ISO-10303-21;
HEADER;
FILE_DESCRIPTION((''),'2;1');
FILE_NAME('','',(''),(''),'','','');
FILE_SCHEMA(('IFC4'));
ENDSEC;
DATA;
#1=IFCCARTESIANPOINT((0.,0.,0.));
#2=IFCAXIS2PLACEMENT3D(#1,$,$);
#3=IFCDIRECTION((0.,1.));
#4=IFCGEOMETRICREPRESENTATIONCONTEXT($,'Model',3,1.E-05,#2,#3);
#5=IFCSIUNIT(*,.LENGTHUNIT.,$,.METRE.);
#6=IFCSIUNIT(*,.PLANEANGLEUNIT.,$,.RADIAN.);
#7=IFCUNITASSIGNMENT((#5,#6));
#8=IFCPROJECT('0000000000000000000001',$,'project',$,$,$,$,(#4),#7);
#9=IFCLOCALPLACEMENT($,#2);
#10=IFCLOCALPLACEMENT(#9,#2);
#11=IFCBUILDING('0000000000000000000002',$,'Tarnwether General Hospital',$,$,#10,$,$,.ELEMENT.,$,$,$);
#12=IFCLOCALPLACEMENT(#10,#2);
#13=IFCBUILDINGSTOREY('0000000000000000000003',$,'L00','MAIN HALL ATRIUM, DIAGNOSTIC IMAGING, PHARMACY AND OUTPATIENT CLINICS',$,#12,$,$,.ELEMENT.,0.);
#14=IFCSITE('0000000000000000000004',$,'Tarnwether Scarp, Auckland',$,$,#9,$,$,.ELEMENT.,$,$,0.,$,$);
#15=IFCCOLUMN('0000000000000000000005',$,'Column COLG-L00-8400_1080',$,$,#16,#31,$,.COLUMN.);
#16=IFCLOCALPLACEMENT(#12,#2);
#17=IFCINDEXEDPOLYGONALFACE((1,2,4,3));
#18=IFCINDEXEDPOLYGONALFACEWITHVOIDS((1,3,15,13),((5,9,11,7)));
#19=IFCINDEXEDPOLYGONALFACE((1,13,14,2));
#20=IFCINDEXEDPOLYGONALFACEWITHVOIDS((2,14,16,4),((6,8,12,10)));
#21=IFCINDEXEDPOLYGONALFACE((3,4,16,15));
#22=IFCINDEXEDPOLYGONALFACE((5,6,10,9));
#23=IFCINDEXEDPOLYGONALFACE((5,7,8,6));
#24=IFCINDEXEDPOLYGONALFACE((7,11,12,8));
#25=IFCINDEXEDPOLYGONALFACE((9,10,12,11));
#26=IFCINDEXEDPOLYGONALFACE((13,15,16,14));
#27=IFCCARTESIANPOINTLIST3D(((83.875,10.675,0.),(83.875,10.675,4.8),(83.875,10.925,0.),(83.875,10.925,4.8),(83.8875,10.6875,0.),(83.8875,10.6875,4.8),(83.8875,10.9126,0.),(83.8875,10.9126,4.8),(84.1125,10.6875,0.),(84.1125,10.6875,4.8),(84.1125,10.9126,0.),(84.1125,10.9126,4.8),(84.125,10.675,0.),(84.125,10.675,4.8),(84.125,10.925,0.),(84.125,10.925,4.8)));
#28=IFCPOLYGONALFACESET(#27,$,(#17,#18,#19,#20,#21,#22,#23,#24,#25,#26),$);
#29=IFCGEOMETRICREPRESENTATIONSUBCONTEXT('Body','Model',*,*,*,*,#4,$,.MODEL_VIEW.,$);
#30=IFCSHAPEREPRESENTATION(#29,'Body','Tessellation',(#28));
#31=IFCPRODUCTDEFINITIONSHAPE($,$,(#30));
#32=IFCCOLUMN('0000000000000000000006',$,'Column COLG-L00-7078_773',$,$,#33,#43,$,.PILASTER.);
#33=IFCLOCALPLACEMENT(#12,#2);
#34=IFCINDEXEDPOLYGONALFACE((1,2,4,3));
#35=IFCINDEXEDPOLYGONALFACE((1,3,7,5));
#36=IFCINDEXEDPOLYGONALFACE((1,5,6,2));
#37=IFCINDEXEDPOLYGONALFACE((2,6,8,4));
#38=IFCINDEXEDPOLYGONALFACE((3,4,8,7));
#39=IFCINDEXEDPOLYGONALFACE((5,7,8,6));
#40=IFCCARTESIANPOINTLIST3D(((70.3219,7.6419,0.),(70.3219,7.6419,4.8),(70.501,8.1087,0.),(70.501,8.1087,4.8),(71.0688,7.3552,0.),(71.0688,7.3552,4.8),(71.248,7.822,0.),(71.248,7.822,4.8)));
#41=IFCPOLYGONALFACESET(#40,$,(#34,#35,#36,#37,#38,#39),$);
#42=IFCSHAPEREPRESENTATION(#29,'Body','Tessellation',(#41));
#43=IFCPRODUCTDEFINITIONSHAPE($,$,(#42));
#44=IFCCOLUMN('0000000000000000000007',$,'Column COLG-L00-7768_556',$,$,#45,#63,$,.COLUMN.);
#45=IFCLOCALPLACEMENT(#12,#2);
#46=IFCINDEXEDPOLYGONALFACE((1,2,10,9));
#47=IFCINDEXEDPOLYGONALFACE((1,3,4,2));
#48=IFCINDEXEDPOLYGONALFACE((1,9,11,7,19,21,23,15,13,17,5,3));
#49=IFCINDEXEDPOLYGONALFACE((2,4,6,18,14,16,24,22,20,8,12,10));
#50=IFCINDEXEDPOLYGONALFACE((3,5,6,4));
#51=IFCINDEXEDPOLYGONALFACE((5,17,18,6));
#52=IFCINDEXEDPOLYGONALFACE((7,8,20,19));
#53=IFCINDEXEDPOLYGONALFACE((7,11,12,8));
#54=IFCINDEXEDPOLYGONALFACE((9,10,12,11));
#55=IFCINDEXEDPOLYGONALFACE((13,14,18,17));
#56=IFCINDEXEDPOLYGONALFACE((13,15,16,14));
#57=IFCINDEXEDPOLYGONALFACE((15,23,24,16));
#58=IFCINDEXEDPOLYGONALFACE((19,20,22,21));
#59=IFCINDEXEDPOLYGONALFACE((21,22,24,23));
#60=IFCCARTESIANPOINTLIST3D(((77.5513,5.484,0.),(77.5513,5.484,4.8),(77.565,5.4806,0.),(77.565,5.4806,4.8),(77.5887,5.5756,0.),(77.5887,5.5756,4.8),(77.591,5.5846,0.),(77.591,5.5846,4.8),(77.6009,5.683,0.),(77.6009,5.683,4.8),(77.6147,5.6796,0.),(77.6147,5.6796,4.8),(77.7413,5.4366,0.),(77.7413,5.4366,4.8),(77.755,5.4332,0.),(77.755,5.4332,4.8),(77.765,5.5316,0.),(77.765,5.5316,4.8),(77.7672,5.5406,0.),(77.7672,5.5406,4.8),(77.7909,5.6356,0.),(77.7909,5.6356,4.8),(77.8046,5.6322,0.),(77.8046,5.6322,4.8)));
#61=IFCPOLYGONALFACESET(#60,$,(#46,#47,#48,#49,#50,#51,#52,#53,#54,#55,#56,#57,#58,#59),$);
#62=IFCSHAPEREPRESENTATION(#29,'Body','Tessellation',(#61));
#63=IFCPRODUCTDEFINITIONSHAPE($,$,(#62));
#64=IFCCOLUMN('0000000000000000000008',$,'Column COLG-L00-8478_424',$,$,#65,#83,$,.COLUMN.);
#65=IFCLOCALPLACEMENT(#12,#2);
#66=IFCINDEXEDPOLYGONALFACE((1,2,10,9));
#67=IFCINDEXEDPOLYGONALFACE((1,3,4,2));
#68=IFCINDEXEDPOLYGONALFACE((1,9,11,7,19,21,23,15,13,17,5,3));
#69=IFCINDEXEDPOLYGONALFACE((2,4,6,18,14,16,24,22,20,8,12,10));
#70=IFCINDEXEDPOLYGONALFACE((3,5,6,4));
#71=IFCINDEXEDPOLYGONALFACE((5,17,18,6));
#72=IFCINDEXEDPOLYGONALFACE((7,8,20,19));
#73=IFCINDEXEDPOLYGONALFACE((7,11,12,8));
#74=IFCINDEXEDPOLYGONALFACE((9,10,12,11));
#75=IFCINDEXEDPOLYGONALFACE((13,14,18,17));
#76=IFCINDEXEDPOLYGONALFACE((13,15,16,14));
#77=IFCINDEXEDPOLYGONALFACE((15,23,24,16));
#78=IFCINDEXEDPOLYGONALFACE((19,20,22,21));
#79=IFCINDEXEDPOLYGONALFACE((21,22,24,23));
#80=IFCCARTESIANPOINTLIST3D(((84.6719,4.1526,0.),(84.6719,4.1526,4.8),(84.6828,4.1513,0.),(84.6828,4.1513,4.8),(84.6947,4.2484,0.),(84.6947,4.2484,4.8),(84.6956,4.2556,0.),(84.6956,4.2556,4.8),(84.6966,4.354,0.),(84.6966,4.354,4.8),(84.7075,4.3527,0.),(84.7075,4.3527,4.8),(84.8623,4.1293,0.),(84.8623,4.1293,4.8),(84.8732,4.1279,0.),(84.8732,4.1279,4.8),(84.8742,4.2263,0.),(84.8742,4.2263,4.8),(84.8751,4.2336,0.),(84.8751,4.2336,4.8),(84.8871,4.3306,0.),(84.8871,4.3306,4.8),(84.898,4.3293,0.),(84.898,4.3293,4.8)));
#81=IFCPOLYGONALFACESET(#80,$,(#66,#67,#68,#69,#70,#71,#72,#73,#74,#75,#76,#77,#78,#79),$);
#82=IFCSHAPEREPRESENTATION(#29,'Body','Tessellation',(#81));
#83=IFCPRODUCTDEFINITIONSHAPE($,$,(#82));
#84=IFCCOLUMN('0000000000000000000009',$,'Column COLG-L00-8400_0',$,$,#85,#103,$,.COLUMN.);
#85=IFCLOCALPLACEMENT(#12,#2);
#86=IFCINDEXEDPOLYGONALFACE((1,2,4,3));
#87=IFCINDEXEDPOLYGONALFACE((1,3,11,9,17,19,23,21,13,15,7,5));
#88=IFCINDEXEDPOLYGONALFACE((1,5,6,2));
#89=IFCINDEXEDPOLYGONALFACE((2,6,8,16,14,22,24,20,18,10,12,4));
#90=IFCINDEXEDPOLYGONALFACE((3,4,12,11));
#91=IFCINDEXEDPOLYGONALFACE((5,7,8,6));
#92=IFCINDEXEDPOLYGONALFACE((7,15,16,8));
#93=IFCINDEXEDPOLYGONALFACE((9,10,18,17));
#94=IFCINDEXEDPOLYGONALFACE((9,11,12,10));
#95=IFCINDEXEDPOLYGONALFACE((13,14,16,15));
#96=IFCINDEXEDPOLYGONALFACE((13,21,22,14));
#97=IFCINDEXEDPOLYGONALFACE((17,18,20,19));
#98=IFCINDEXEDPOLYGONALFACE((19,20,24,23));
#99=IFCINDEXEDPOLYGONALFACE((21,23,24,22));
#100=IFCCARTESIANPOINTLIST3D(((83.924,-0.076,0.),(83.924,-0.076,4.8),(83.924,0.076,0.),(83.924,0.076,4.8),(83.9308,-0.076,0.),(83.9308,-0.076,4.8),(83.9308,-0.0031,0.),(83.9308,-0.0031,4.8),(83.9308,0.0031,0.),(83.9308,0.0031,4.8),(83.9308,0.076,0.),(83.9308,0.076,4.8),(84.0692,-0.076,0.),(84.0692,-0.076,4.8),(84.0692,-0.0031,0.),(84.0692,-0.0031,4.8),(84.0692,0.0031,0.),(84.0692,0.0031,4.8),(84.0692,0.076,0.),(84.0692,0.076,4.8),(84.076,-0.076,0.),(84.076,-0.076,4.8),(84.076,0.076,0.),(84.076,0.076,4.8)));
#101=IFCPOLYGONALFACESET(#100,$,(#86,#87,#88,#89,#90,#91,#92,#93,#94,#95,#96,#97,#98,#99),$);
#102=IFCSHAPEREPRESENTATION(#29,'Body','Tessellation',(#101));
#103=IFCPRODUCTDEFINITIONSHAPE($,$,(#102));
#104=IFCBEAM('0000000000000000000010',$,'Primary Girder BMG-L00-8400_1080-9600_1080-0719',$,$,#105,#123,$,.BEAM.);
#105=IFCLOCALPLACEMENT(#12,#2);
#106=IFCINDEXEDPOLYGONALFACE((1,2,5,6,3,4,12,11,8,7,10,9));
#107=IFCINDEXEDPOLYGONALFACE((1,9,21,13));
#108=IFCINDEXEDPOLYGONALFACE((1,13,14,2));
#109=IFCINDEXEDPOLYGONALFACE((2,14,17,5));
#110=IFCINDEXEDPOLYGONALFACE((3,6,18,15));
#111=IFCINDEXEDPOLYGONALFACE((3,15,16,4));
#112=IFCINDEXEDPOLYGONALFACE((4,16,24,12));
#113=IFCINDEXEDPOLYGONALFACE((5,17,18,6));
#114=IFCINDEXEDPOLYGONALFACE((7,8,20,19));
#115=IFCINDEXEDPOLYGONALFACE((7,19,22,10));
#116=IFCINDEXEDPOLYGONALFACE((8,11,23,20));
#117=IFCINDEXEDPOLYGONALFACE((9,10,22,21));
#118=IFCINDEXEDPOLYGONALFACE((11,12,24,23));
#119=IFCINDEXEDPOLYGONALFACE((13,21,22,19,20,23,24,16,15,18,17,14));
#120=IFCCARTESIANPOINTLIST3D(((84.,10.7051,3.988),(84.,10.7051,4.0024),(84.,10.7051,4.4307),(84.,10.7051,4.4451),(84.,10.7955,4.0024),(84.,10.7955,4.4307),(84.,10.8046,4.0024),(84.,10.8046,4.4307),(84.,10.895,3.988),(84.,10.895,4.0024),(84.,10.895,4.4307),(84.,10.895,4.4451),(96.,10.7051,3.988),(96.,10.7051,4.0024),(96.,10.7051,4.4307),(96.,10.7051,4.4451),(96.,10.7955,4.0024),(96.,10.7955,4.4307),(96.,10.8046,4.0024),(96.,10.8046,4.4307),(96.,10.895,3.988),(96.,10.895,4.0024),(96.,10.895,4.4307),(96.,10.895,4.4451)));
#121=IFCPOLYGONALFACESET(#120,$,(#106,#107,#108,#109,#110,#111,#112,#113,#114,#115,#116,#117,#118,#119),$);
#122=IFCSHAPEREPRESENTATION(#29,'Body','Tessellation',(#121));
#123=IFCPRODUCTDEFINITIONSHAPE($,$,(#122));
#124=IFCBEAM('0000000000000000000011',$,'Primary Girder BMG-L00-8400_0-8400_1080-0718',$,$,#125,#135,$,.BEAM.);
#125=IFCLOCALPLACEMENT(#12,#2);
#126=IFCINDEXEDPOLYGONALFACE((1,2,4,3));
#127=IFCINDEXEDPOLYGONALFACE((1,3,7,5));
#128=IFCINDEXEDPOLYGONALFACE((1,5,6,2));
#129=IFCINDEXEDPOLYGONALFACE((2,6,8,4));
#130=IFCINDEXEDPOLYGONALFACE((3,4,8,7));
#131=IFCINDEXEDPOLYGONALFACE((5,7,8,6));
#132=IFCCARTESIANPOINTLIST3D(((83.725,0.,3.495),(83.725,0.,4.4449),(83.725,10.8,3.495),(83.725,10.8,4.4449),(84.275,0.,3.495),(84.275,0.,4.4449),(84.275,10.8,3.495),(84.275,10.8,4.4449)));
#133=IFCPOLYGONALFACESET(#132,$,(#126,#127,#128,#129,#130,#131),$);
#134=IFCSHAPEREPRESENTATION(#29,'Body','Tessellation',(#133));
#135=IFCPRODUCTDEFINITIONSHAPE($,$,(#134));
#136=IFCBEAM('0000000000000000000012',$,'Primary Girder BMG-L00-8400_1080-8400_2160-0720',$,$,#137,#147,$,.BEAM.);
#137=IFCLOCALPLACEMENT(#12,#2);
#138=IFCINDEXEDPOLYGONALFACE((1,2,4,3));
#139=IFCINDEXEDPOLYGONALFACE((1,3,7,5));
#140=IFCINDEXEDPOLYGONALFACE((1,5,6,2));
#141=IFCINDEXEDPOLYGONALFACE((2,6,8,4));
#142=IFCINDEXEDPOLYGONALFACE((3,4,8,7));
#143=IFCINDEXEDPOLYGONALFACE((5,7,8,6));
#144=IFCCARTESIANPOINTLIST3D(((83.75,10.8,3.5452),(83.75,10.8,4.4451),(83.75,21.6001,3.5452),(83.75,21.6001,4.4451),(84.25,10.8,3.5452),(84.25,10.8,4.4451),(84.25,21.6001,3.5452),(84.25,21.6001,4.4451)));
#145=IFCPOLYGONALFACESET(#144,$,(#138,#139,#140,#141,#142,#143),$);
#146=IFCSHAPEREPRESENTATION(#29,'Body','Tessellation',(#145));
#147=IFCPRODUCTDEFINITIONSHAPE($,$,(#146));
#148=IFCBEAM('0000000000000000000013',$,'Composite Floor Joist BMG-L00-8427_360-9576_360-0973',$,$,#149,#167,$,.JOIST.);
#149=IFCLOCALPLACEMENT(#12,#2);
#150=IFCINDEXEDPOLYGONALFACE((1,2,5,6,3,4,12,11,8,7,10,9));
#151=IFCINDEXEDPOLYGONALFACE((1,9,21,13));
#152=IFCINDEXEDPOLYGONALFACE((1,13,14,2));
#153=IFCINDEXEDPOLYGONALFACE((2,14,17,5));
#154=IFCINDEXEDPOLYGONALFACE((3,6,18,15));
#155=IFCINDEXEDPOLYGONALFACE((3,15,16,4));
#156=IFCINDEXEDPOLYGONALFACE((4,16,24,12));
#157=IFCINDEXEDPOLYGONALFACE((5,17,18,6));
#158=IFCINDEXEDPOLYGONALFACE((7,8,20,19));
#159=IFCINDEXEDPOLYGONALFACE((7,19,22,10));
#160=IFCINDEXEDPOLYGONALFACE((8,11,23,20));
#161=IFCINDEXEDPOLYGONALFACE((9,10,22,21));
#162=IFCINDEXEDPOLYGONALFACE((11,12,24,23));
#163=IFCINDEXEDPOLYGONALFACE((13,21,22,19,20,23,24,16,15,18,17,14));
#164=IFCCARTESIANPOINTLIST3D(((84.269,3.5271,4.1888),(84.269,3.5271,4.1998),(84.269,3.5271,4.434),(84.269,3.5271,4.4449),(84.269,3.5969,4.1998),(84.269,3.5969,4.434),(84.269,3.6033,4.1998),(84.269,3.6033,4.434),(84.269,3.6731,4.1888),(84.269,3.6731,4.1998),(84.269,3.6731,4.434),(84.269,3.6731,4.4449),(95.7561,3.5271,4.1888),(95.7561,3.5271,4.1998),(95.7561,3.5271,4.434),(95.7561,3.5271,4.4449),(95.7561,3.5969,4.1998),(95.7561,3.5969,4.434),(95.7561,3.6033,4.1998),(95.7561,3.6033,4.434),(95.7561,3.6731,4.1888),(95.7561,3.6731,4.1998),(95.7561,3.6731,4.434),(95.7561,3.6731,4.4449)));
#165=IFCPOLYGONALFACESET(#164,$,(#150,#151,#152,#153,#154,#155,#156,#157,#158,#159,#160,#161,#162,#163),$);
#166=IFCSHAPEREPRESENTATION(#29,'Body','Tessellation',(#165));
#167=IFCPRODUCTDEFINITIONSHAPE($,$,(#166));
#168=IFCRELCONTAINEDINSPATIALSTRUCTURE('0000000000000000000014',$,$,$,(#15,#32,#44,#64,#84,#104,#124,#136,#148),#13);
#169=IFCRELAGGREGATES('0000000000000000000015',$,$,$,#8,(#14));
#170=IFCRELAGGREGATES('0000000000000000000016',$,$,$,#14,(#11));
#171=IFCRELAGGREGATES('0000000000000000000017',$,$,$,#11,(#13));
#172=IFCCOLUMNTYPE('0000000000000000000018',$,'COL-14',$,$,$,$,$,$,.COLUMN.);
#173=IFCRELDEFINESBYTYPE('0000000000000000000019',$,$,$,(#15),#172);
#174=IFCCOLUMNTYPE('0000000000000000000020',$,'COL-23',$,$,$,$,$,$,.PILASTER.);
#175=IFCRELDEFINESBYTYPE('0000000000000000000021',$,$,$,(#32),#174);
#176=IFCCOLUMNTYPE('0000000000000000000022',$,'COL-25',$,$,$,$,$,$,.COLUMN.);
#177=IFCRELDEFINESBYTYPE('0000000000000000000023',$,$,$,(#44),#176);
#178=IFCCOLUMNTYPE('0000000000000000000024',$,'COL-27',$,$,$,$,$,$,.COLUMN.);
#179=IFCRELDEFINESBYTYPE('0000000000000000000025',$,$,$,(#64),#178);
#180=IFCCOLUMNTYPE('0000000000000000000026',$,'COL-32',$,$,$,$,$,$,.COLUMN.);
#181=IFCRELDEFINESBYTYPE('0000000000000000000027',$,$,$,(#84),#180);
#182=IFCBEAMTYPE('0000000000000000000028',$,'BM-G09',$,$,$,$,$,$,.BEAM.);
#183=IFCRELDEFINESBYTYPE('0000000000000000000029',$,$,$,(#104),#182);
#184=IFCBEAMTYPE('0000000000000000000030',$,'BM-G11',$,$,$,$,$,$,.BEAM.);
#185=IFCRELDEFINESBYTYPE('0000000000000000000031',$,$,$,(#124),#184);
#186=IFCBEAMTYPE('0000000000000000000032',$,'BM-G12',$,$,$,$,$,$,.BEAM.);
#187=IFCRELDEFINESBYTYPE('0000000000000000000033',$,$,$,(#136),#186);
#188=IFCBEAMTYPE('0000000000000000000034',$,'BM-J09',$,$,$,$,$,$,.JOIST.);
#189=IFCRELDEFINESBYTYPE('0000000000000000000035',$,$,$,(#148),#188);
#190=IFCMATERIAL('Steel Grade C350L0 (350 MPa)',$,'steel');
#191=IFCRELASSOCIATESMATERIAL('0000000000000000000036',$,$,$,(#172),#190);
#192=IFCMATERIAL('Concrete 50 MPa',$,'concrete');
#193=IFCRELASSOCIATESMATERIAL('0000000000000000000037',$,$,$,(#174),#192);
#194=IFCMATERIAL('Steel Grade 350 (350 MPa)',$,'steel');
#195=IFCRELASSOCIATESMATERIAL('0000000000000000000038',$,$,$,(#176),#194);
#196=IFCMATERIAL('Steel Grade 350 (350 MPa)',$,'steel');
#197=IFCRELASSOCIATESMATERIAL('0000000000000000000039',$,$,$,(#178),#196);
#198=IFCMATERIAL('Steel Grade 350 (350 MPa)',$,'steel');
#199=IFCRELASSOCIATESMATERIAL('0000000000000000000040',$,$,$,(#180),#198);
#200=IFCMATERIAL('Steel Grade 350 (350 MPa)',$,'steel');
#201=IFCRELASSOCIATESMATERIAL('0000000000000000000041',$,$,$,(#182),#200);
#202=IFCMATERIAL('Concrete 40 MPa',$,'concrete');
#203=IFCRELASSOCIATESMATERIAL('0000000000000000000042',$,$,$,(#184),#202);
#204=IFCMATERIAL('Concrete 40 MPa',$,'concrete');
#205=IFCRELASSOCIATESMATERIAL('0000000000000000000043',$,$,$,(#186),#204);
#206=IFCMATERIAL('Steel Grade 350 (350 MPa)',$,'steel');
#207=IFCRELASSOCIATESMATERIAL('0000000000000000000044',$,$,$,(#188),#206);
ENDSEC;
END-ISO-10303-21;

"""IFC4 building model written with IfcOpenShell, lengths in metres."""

from ifc_helpers import new_model, si_unit, direction, frame, origin, origin_2d, place, context, subcontext, project, spatial, rectangle, hollow_rectangle, i_section, extrude, material, material_profile, profile_set, type_object, element, save


model = new_model("IFC4")

# Units and contexts
model_context = context("Model", 3, precision=1e-05, world=origin(), true_north=direction((0.0, 1.0)))
body_context = subcontext(model_context, "Body", "Model", "MODEL_VIEW")
ifc_project = project(units=[si_unit("LENGTHUNIT", "METRE"), si_unit("PLANEANGLEUNIT", "RADIAN")], contexts=[model_context])

# Site, building, storey
site_placement = place(None, origin())
site = spatial("IfcSite", under=ifc_project, at=site_placement, Name="Tarnwether Scarp, Auckland", CompositionType="ELEMENT", RefElevation=0.0)
building_placement = place(site_placement, origin())
building = spatial("IfcBuilding", under=site, at=building_placement, Name="Tarnwether General Hospital", CompositionType="ELEMENT")
storey_placement = place(building_placement, origin())
storey = spatial("IfcBuildingStorey", under=building, at=storey_placement, Name="L00", Description="MAIN HALL ATRIUM, DIAGNOSTIC IMAGING, PHARMACY AND OUTPATIENT CLINICS", CompositionType="ELEMENT", Elevation=0.0)

# Columns
ifc_material_1 = material(Name="Steel Grade C350L0 (350 MPa)", Category="steel")
ifc_material_profile_1 = material_profile(ifc_material_1, hollow_rectangle(XDim=0.25, YDim=0.25, WallThickness=0.0125, at=origin_2d()), Name="SHS250x250x12.5")
ifc_profile_set_1 = profile_set([ifc_material_profile_1], Name="Steel Grade C350L0 (350 MPa)")
column_type_1 = type_object("IfcColumnType", Name="COL-14", PredefinedType="COLUMN", material=ifc_profile_set_1)
column_1_placement = place(storey_placement, frame((84.0, 10.8, 0.0), z_axis=(0.0, 0.0, 1.0), x_axis=(0.0, 1.0, 0.0)))
element("IfcColumn", 1, at=column_1_placement, inside=storey, type_object=column_type_1, Name="Column COLG-L00-8400_1080", PredefinedType="COLUMN", context=body_context, shape_type="SweptSolid", body=[
    extrude(hollow_rectangle(XDim=0.25, YDim=0.25, WallThickness=0.0125, at=origin_2d()), origin(), (0.0, 0.0, 1.0), 4.8),
])
ifc_material_2 = material(Name="Concrete 50 MPa", Category="concrete")
ifc_material_profile_2 = material_profile(ifc_material_2, rectangle(XDim=0.5, YDim=0.8, at=origin_2d()), Name="RC-PIL-500x800")
ifc_profile_set_2 = profile_set([ifc_material_profile_2], Name="Concrete 50 MPa")
column_type_2 = type_object("IfcColumnType", Name="COL-23", PredefinedType="PILASTER", material=ifc_profile_set_2)
column_2_placement = place(storey_placement, frame((70.7849, 7.7319, 0.0), z_axis=(0.0, 0.0, 1.0), x_axis=(0.358368, 0.93358, 0.0)))
element("IfcColumn", 2, at=column_2_placement, inside=storey, type_object=column_type_2, Name="Column COLG-L00-7078_773", PredefinedType="PILASTER", context=body_context, shape_type="SweptSolid", body=[
    extrude(rectangle(XDim=0.5, YDim=0.8, at=origin_2d()), origin(), (0.0, 0.0, 1.0), 4.8),
])
ifc_material_3 = material(Name="Steel Grade 350 (350 MPa)", Category="steel")
ifc_material_profile_3 = material_profile(ifc_material_3, i_section(OverallWidth=0.2051, OverallDepth=0.21, WebThickness=0.0093, FlangeThickness=0.0142, at=origin_2d()), Name="200UC59.5")
ifc_profile_set_3 = profile_set([ifc_material_profile_3], Name="Steel Grade 350 (350 MPa)")
column_type_3 = type_object("IfcColumnType", Name="COL-25", PredefinedType="COLUMN", material=ifc_profile_set_3)
column_3_placement = place(storey_placement, frame((77.678, 5.5581, 0.0), z_axis=(0.0, 0.0, 1.0), x_axis=(0.241922, 0.970296, 0.0)))
element("IfcColumn", 3, at=column_3_placement, inside=storey, type_object=column_type_3, Name="Column COLG-L00-7768_556", PredefinedType="COLUMN", context=body_context, shape_type="SweptSolid", body=[
    extrude(i_section(OverallWidth=0.2051, OverallDepth=0.21, WebThickness=0.0093, FlangeThickness=0.0142, at=origin_2d()), origin(), (0.0, 0.0, 1.0), 4.8),
])
ifc_material_4 = material(Name="Steel Grade 350 (350 MPa)", Category="steel")
ifc_material_profile_4 = material_profile(ifc_material_4, i_section(OverallWidth=0.2029, OverallDepth=0.2029, WebThickness=0.0073, FlangeThickness=0.011, at=origin_2d()), Name="200UC46.2")
ifc_profile_set_4 = profile_set([ifc_material_profile_4], Name="Steel Grade 350 (350 MPa)")
column_type_4 = type_object("IfcColumnType", Name="COL-27", PredefinedType="COLUMN", material=ifc_profile_set_4)
column_4_placement = place(storey_placement, frame((84.7849, 4.241, 0.0), z_axis=(0.0, 0.0, 1.0), x_axis=(0.121869, 0.992546, 0.0)))
element("IfcColumn", 4, at=column_4_placement, inside=storey, type_object=column_type_4, Name="Column COLG-L00-8478_424", PredefinedType="COLUMN", context=body_context, shape_type="SweptSolid", body=[
    extrude(i_section(OverallWidth=0.2029, OverallDepth=0.2029, WebThickness=0.0073, FlangeThickness=0.011, at=origin_2d()), origin(), (0.0, 0.0, 1.0), 4.8),
])
ifc_material_5 = material(Name="Steel Grade 350 (350 MPa)", Category="steel")
ifc_material_profile_5 = material_profile(ifc_material_5, i_section(OverallWidth=0.1521, OverallDepth=0.1521, WebThickness=0.0061, FlangeThickness=0.0068, at=origin_2d()), Name="150UC23.4")
ifc_profile_set_5 = profile_set([ifc_material_profile_5], Name="Steel Grade 350 (350 MPa)")
column_type_5 = type_object("IfcColumnType", Name="COL-32", PredefinedType="COLUMN", material=ifc_profile_set_5)
column_5_placement = place(storey_placement, frame((84.0, 0.0, 0.0), z_axis=(0.0, 0.0, 1.0), x_axis=(0.0, 1.0, 0.0)))
element("IfcColumn", 5, at=column_5_placement, inside=storey, type_object=column_type_5, Name="Column COLG-L00-8400_0", PredefinedType="COLUMN", context=body_context, shape_type="SweptSolid", body=[
    extrude(i_section(OverallWidth=0.1521, OverallDepth=0.1521, WebThickness=0.0061, FlangeThickness=0.0068, at=origin_2d()), origin(), (0.0, 0.0, 1.0), 4.8),
])

# Beams
ifc_material_6 = material(Name="Steel Grade 350 (350 MPa)", Category="steel")
ifc_material_profile_6 = material_profile(ifc_material_6, i_section(OverallWidth=0.1899, OverallDepth=0.457, WebThickness=0.009, FlangeThickness=0.0144, at=origin_2d()), Name="460UB74.6")
ifc_profile_set_6 = profile_set([ifc_material_profile_6], Name="Steel Grade 350 (350 MPa)")
beam_type_1 = type_object("IfcBeamType", Name="BM-G09", PredefinedType="BEAM", material=ifc_profile_set_6)
beam_1_placement = place(storey_placement, frame((84.0, 10.8, 4.2166), z_axis=(1.0, 0.0, 0.0), x_axis=(0.0, 1.0, 0.0)))
element("IfcBeam", 6, at=beam_1_placement, inside=storey, type_object=beam_type_1, Name="Primary Girder BMG-L00-8400_1080-9600_1080-0719", PredefinedType="BEAM", context=body_context, shape_type="SweptSolid", body=[
    extrude(i_section(OverallWidth=0.1899, OverallDepth=0.457, WebThickness=0.009, FlangeThickness=0.0144, at=origin_2d()), origin(), (0.0, 0.0, 1.0), 12.0),
])
ifc_material_7 = material(Name="Concrete 40 MPa", Category="concrete")
ifc_material_profile_7 = material_profile(ifc_material_7, rectangle(XDim=0.55, YDim=0.95, at=origin_2d()), Name="RC-BM-550x950")
ifc_profile_set_7 = profile_set([ifc_material_profile_7], Name="Concrete 40 MPa")
beam_type_2 = type_object("IfcBeamType", Name="BM-G11", PredefinedType="BEAM", material=ifc_profile_set_7)
beam_2_placement = place(storey_placement, frame((84.0, 0.0, 3.97), z_axis=(0.0, 1.0, 0.0), x_axis=(-1.0, 0.0, 0.0)))
element("IfcBeam", 7, at=beam_2_placement, inside=storey, type_object=beam_type_2, Name="Primary Girder BMG-L00-8400_0-8400_1080-0718", PredefinedType="BEAM", context=body_context, shape_type="SweptSolid", body=[
    extrude(rectangle(XDim=0.55, YDim=0.95, at=origin_2d()), origin(), (0.0, 0.0, 1.0), 10.8),
])
ifc_material_8 = material(Name="Concrete 40 MPa", Category="concrete")
ifc_material_profile_8 = material_profile(ifc_material_8, rectangle(XDim=0.5, YDim=0.8999, at=origin_2d()), Name="RC-BM-500x900")
ifc_profile_set_8 = profile_set([ifc_material_profile_8], Name="Concrete 40 MPa")
beam_type_3 = type_object("IfcBeamType", Name="BM-G12", PredefinedType="BEAM", material=ifc_profile_set_8)
beam_3_placement = place(storey_placement, frame((84.0, 10.8, 3.9951), z_axis=(0.0, 1.0, 0.0), x_axis=(-1.0, 0.0, 0.0)))
element("IfcBeam", 8, at=beam_3_placement, inside=storey, type_object=beam_type_3, Name="Primary Girder BMG-L00-8400_1080-8400_2160-0720", PredefinedType="BEAM", context=body_context, shape_type="SweptSolid", body=[
    extrude(rectangle(XDim=0.5, YDim=0.8999, at=origin_2d()), origin(), (0.0, 0.0, 1.0), 10.8),
])
ifc_material_9 = material(Name="Steel Grade 350 (350 MPa)", Category="steel")
ifc_material_profile_9 = material_profile(ifc_material_9, i_section(OverallWidth=0.146, OverallDepth=0.2561, WebThickness=0.0063, FlangeThickness=0.011, at=origin_2d()), Name="250UB37.3")
ifc_profile_set_9 = profile_set([ifc_material_profile_9], Name="Steel Grade 350 (350 MPa)")
beam_type_4 = type_object("IfcBeamType", Name="BM-J09", PredefinedType="JOIST", material=ifc_profile_set_9)
beam_4_placement = place(storey_placement, frame((84.269, 3.6001, 4.3169), z_axis=(1.0, 0.0, 0.0), x_axis=(0.0, 1.0, 0.0)))
element("IfcBeam", 9, at=beam_4_placement, inside=storey, type_object=beam_type_4, Name="Composite Floor Joist BMG-L00-8427_360-9576_360-0973", PredefinedType="JOIST", context=body_context, shape_type="SweptSolid", body=[
    extrude(i_section(OverallWidth=0.146, OverallDepth=0.2561, WebThickness=0.0063, FlangeThickness=0.011, at=origin_2d()), origin(), (0.0, 0.0, 1.0), 11.4871),
])

save(model, "model.ifc")
